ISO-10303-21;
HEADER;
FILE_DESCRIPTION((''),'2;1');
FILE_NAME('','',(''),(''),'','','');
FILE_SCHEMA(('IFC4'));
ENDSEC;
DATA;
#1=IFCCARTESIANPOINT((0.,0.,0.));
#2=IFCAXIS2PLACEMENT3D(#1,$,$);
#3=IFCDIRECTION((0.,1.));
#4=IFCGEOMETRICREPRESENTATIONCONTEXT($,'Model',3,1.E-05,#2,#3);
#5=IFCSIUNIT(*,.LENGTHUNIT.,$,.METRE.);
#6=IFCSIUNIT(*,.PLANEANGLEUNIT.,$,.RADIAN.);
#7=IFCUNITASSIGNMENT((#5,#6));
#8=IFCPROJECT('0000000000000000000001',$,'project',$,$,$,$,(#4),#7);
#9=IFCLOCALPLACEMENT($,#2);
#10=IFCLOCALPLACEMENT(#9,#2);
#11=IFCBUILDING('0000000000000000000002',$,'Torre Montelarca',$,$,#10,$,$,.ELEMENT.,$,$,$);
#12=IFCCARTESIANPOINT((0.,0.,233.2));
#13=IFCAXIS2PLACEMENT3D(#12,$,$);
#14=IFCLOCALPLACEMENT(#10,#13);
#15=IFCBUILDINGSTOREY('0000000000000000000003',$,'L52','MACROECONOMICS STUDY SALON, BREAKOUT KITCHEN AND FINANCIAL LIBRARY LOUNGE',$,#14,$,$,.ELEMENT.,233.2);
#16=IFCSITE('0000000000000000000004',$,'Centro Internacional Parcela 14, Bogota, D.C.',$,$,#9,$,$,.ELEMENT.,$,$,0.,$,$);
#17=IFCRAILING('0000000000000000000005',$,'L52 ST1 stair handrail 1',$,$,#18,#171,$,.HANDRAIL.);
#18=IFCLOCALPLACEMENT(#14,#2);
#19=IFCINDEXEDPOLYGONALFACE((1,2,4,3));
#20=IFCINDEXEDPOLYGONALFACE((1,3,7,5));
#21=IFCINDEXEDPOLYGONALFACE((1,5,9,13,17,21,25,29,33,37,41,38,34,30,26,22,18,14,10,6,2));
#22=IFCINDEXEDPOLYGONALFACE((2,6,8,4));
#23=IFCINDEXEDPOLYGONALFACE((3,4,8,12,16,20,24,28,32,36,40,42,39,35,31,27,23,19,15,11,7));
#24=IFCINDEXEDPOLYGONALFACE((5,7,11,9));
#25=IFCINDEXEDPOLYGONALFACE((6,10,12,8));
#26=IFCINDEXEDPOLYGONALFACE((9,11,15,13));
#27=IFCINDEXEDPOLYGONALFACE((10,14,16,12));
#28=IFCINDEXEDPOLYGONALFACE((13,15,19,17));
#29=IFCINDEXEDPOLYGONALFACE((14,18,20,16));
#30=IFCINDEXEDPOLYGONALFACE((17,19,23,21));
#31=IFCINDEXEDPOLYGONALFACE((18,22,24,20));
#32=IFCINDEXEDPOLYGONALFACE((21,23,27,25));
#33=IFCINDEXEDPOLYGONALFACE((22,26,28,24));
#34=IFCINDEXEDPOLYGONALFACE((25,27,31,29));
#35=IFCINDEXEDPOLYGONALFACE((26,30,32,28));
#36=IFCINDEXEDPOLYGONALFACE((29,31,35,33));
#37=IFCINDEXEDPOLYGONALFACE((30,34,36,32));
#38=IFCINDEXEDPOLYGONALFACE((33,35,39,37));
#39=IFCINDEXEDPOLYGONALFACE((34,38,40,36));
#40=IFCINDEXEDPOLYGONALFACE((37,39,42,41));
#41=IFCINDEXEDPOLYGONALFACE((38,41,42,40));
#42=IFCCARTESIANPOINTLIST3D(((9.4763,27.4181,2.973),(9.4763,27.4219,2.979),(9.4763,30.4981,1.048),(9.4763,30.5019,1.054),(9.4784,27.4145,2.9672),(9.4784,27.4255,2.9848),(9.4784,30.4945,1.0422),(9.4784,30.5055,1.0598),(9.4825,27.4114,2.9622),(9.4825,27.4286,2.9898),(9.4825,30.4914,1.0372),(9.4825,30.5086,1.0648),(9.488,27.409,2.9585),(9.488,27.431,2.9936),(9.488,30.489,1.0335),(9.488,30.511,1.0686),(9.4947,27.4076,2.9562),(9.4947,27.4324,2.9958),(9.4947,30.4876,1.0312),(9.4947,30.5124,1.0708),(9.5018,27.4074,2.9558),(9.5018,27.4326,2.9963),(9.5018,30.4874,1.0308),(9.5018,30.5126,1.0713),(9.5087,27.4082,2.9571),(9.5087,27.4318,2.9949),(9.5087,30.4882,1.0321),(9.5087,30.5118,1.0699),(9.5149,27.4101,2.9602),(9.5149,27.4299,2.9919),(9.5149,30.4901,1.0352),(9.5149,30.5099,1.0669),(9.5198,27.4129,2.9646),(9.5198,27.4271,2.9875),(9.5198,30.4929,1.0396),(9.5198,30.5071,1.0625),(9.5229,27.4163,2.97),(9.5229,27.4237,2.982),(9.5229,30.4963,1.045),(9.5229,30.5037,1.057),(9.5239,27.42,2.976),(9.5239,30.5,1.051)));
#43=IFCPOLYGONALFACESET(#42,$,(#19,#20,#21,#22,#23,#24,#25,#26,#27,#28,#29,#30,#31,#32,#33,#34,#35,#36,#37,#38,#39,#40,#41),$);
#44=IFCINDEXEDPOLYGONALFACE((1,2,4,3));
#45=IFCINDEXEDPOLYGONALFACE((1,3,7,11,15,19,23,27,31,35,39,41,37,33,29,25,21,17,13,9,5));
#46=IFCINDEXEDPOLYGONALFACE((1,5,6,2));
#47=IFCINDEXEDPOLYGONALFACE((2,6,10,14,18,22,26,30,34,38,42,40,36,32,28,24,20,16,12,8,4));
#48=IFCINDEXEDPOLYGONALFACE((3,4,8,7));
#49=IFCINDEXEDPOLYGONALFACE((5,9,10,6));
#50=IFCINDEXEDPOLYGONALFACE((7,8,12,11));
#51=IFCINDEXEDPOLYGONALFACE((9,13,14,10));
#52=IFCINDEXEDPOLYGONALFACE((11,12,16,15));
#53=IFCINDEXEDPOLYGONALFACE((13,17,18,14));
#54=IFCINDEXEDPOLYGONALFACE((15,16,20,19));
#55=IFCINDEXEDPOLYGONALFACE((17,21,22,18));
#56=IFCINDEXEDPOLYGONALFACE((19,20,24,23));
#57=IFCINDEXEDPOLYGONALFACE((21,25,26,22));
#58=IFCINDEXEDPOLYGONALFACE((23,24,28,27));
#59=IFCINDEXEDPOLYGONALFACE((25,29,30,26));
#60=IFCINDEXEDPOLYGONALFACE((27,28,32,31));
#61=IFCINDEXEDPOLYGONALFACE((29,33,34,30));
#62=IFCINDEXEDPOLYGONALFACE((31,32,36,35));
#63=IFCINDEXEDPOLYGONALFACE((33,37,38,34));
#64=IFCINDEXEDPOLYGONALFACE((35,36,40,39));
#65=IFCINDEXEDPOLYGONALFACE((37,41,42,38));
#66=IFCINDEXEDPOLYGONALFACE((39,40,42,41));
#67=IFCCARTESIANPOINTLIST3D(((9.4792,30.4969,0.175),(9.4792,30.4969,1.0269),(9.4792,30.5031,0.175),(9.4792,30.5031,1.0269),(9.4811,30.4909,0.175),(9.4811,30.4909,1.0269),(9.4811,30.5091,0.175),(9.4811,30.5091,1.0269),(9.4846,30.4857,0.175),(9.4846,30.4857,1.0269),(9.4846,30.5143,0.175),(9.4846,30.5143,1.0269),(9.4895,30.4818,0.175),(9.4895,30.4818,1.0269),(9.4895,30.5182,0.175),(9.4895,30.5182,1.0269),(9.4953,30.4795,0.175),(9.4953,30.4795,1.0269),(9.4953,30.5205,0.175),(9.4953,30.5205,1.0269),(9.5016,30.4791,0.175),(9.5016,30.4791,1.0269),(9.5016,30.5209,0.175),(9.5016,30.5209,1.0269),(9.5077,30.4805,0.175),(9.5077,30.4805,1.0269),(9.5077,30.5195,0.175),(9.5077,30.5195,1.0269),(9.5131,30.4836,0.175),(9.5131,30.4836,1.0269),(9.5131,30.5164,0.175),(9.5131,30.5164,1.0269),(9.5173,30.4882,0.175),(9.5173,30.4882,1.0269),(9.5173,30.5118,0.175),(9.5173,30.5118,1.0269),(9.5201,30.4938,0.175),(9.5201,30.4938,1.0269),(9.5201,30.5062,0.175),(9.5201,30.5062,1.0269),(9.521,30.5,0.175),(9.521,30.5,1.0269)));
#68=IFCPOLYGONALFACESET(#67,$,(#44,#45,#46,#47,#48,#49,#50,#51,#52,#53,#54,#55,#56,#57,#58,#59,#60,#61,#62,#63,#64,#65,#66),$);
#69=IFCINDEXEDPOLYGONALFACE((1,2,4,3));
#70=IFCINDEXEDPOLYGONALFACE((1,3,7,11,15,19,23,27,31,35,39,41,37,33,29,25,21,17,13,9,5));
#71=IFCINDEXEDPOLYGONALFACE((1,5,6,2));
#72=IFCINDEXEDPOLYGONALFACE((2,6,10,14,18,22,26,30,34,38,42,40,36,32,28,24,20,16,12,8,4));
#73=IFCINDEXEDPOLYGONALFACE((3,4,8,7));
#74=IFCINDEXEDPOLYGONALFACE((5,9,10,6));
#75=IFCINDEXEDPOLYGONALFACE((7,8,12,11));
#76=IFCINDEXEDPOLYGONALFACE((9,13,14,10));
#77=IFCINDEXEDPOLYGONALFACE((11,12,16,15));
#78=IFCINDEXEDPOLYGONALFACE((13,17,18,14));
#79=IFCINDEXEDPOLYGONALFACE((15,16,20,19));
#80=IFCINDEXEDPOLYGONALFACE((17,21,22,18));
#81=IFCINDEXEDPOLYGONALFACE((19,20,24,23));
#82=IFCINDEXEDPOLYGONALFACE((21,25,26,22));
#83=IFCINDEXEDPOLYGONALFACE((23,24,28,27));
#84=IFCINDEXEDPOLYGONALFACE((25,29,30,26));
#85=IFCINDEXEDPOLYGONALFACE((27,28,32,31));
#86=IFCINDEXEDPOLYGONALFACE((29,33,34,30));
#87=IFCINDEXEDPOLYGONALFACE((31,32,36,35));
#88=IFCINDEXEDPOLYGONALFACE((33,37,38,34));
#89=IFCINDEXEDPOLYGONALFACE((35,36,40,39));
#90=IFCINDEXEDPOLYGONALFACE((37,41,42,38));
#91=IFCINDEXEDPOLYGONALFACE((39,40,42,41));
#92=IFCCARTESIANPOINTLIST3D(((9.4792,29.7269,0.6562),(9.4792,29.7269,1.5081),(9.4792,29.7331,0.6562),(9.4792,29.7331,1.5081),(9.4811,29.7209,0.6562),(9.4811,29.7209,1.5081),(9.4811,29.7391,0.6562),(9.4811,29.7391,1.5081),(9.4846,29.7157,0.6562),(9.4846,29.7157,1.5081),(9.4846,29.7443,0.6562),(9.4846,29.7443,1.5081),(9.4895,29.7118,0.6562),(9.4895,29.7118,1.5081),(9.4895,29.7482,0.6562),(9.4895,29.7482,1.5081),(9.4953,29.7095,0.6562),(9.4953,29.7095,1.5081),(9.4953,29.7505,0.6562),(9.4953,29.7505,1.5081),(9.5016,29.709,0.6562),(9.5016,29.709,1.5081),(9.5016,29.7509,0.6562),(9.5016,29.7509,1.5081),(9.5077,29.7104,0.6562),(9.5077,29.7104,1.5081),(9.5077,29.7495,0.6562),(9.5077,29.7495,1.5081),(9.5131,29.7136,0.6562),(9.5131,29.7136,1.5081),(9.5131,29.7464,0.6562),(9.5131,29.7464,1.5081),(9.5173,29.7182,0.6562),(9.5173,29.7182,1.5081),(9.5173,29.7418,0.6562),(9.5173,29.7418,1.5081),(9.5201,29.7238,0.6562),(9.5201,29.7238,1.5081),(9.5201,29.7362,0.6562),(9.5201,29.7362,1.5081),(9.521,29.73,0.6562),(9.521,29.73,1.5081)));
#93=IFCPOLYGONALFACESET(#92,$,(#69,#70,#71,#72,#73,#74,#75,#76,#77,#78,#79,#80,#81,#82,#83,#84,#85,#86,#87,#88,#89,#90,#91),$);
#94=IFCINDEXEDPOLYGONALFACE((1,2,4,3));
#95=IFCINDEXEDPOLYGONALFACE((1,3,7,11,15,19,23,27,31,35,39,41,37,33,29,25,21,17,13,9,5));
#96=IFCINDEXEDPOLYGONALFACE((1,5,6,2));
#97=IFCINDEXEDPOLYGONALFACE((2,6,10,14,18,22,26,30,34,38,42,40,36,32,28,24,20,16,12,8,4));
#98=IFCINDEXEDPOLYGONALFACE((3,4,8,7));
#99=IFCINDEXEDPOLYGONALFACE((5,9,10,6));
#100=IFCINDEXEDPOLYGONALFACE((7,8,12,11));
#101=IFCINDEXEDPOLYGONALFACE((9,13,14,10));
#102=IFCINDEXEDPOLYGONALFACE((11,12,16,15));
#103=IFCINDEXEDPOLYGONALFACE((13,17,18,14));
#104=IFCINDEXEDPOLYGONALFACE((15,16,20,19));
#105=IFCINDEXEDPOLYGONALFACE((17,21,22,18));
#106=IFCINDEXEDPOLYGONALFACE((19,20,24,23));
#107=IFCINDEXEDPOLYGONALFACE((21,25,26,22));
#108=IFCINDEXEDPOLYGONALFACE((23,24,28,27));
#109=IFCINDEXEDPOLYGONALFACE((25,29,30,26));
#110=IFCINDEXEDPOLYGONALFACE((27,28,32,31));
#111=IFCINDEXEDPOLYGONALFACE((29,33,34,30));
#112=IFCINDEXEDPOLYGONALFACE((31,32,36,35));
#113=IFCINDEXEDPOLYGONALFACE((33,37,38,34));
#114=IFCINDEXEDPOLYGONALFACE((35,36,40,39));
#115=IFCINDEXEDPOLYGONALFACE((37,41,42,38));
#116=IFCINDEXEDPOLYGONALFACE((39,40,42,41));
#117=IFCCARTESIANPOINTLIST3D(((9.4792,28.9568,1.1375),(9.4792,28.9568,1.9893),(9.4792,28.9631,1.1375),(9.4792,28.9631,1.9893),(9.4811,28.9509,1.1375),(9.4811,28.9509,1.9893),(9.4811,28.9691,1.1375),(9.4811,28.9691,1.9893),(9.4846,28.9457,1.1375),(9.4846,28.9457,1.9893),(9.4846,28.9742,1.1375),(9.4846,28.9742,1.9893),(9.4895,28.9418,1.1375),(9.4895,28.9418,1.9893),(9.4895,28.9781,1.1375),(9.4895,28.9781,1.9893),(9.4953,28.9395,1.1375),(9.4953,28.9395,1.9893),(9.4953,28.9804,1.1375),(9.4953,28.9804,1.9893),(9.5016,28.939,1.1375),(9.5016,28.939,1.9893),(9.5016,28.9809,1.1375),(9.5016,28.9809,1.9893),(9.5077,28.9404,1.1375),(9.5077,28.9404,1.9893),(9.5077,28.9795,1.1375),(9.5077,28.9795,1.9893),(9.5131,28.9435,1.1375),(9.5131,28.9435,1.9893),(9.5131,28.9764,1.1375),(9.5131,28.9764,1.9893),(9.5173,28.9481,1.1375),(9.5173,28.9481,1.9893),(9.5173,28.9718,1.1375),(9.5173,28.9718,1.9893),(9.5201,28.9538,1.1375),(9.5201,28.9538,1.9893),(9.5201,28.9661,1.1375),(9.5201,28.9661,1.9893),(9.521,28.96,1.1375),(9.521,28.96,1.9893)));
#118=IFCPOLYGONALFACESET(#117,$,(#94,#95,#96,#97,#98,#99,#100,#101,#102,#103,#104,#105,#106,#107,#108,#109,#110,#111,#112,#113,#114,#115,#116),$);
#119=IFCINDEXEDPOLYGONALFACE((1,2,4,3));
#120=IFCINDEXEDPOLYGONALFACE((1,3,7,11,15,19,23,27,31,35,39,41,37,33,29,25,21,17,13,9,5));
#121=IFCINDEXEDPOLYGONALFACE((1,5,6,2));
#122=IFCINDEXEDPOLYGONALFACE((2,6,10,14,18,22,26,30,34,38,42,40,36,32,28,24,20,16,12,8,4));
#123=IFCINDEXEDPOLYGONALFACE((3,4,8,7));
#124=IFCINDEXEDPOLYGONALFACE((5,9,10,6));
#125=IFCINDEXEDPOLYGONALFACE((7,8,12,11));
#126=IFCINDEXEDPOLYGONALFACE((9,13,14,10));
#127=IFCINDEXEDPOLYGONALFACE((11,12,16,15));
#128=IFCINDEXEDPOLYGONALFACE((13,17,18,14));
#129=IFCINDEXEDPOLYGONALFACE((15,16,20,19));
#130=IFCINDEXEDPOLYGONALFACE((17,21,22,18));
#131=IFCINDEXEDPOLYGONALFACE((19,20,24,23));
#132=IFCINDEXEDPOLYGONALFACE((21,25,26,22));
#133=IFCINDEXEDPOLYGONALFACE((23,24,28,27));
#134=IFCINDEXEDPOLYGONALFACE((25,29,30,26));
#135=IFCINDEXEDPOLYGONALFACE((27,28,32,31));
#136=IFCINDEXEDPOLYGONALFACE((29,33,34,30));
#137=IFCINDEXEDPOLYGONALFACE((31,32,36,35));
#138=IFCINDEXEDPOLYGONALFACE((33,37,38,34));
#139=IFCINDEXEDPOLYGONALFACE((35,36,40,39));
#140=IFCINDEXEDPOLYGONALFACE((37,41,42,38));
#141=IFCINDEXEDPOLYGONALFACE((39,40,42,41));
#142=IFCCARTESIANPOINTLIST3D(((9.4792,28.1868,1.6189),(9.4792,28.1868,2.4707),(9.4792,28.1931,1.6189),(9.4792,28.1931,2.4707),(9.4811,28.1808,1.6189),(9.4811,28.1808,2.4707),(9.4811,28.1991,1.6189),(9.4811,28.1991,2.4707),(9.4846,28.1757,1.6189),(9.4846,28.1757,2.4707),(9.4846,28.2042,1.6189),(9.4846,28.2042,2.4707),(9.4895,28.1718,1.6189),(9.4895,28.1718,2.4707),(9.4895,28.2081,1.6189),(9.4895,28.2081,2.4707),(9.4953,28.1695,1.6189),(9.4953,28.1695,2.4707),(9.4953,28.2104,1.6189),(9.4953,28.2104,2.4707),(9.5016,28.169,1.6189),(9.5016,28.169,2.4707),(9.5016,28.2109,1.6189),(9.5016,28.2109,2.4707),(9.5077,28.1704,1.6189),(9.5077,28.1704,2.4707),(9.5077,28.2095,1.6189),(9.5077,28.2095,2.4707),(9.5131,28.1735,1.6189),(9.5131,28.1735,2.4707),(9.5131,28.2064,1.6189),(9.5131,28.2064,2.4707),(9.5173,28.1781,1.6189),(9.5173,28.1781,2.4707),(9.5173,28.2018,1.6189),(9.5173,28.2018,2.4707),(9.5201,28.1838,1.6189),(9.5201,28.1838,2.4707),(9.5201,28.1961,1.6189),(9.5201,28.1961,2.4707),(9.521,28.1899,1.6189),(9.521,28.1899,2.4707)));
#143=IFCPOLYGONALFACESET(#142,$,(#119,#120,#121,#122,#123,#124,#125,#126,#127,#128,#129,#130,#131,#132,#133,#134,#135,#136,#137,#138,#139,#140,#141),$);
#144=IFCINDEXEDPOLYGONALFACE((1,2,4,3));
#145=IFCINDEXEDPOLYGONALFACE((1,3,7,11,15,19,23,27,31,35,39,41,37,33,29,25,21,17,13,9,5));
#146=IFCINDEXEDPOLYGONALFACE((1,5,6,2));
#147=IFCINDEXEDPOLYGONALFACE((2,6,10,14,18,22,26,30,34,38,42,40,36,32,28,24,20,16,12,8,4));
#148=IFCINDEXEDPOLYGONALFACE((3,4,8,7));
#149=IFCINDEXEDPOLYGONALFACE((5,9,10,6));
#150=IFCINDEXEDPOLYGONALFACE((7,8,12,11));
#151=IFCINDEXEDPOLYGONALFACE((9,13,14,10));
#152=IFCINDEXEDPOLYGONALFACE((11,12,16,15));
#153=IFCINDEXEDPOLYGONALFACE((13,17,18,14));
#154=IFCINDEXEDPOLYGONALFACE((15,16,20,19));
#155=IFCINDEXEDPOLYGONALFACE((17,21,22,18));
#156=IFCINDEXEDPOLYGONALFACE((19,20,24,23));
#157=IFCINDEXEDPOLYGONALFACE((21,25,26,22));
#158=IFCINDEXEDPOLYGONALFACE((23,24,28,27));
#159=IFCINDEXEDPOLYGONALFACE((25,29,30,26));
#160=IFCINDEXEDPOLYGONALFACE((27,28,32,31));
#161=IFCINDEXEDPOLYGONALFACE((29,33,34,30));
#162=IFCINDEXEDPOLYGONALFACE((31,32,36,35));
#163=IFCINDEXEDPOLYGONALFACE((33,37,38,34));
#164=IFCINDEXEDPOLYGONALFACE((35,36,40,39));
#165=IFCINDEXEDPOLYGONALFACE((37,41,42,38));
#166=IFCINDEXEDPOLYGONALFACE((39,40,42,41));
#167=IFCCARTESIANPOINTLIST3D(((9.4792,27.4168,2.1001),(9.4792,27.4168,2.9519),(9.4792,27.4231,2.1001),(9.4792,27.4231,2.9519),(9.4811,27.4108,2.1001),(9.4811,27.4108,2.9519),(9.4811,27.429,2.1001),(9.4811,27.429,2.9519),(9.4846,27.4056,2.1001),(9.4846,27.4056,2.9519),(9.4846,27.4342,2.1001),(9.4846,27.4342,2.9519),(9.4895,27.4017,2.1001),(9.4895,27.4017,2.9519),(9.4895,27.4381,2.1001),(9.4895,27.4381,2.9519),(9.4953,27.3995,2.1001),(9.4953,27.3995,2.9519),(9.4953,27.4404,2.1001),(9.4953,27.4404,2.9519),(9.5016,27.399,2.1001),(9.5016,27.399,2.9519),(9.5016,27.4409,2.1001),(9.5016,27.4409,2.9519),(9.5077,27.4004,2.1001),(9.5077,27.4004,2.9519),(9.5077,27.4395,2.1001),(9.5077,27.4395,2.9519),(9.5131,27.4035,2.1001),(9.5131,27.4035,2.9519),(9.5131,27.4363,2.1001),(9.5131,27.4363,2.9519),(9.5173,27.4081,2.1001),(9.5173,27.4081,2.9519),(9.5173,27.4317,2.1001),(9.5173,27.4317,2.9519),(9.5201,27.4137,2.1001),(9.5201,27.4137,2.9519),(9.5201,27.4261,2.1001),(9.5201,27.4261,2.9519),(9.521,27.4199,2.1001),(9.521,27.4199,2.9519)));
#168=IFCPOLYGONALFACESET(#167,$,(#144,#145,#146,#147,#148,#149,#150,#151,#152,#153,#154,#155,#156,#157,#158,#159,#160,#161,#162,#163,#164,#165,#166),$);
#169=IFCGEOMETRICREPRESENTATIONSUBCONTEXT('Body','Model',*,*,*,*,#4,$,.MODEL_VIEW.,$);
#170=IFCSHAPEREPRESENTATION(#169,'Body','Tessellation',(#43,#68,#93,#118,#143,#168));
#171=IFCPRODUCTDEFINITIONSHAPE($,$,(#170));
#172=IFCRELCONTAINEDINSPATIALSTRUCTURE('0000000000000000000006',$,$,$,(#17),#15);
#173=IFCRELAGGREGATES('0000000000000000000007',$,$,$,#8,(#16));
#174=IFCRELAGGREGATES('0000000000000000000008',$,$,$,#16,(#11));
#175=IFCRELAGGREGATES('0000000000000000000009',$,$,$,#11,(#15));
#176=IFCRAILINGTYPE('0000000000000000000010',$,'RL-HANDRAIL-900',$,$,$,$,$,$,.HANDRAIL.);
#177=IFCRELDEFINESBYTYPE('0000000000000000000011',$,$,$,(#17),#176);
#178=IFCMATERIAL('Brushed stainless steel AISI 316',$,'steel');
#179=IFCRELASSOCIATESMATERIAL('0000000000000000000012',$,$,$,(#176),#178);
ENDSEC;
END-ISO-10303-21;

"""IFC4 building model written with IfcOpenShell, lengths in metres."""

from ifc_helpers import new_model, si_unit, direction, frame, origin, origin_2d, place, context, subcontext, project, spatial, circle, extrude, material, type_object, element, save


model = new_model("IFC4")

# Units and contexts
model_context = context("Model", 3, precision=1e-05, world=origin(), true_north=direction((0.0, 1.0)))
body_context = subcontext(model_context, "Body", "Model", "MODEL_VIEW")
ifc_project = project(units=[si_unit("LENGTHUNIT", "METRE"), si_unit("PLANEANGLEUNIT", "RADIAN")], contexts=[model_context])

# Site, building, storey
site_placement = place(None, origin())
site = spatial("IfcSite", under=ifc_project, at=site_placement, Name="Centro Internacional Parcela 14, Bogota, D.C.", CompositionType="ELEMENT", RefElevation=0.0)
building_placement = place(site_placement, origin())
building = spatial("IfcBuilding", under=site, at=building_placement, Name="Torre Montelarca", CompositionType="ELEMENT")
storey_placement = place(building_placement, frame((0.0, 0.0, 233.2)))
storey = spatial("IfcBuildingStorey", under=building, at=storey_placement, Name="L52", Description="MACROECONOMICS STUDY SALON, BREAKOUT KITCHEN AND FINANCIAL LIBRARY LOUNGE", CompositionType="ELEMENT", Elevation=233.2)

# Railing
ifc_material_1 = material(Name="Brushed stainless steel AISI 316", Category="steel")
railing_type_1 = type_object("IfcRailingType", Name="RL-HANDRAIL-900", PredefinedType="HANDRAIL", material=ifc_material_1)
railing_1_placement = place(storey_placement, frame((9.5, 30.5, 0.175)))
element("IfcRailing", 1, at=railing_1_placement, inside=storey, type_object=railing_type_1, Name="L52 ST1 stair handrail 1", PredefinedType="HANDRAIL", context=body_context, shape_type="SweptSolid", body=[
    extrude(circle(Radius=0.0239, at=origin_2d()), frame((0.0, 0.0, 0.876), z_axis=(0.0, -0.847998, 0.529999), x_axis=(1.0, 0.0, 0.0)), (0.0, 0.0, 1.0), 3.6321),
    extrude(circle(Radius=0.021, at=origin_2d()), origin(), (0.0, 0.0, 1.0), 0.8518),
    extrude(circle(Radius=0.021, at=origin_2d()), frame((0.0, -0.77, 0.4812)), (0.0, 0.0, 1.0), 0.8518),
    extrude(circle(Radius=0.021, at=origin_2d()), frame((0.0, -1.54, 0.9624)), (0.0, 0.0, 1.0), 0.8518),
    extrude(circle(Radius=0.021, at=origin_2d()), frame((0.0, -2.3101, 1.4438)), (0.0, 0.0, 1.0), 0.8518),
    extrude(circle(Radius=0.021, at=origin_2d()), frame((0.0, -3.0801, 1.925)), (0.0, 0.0, 1.0), 0.8518),
])

save(model, "model.ifc")
